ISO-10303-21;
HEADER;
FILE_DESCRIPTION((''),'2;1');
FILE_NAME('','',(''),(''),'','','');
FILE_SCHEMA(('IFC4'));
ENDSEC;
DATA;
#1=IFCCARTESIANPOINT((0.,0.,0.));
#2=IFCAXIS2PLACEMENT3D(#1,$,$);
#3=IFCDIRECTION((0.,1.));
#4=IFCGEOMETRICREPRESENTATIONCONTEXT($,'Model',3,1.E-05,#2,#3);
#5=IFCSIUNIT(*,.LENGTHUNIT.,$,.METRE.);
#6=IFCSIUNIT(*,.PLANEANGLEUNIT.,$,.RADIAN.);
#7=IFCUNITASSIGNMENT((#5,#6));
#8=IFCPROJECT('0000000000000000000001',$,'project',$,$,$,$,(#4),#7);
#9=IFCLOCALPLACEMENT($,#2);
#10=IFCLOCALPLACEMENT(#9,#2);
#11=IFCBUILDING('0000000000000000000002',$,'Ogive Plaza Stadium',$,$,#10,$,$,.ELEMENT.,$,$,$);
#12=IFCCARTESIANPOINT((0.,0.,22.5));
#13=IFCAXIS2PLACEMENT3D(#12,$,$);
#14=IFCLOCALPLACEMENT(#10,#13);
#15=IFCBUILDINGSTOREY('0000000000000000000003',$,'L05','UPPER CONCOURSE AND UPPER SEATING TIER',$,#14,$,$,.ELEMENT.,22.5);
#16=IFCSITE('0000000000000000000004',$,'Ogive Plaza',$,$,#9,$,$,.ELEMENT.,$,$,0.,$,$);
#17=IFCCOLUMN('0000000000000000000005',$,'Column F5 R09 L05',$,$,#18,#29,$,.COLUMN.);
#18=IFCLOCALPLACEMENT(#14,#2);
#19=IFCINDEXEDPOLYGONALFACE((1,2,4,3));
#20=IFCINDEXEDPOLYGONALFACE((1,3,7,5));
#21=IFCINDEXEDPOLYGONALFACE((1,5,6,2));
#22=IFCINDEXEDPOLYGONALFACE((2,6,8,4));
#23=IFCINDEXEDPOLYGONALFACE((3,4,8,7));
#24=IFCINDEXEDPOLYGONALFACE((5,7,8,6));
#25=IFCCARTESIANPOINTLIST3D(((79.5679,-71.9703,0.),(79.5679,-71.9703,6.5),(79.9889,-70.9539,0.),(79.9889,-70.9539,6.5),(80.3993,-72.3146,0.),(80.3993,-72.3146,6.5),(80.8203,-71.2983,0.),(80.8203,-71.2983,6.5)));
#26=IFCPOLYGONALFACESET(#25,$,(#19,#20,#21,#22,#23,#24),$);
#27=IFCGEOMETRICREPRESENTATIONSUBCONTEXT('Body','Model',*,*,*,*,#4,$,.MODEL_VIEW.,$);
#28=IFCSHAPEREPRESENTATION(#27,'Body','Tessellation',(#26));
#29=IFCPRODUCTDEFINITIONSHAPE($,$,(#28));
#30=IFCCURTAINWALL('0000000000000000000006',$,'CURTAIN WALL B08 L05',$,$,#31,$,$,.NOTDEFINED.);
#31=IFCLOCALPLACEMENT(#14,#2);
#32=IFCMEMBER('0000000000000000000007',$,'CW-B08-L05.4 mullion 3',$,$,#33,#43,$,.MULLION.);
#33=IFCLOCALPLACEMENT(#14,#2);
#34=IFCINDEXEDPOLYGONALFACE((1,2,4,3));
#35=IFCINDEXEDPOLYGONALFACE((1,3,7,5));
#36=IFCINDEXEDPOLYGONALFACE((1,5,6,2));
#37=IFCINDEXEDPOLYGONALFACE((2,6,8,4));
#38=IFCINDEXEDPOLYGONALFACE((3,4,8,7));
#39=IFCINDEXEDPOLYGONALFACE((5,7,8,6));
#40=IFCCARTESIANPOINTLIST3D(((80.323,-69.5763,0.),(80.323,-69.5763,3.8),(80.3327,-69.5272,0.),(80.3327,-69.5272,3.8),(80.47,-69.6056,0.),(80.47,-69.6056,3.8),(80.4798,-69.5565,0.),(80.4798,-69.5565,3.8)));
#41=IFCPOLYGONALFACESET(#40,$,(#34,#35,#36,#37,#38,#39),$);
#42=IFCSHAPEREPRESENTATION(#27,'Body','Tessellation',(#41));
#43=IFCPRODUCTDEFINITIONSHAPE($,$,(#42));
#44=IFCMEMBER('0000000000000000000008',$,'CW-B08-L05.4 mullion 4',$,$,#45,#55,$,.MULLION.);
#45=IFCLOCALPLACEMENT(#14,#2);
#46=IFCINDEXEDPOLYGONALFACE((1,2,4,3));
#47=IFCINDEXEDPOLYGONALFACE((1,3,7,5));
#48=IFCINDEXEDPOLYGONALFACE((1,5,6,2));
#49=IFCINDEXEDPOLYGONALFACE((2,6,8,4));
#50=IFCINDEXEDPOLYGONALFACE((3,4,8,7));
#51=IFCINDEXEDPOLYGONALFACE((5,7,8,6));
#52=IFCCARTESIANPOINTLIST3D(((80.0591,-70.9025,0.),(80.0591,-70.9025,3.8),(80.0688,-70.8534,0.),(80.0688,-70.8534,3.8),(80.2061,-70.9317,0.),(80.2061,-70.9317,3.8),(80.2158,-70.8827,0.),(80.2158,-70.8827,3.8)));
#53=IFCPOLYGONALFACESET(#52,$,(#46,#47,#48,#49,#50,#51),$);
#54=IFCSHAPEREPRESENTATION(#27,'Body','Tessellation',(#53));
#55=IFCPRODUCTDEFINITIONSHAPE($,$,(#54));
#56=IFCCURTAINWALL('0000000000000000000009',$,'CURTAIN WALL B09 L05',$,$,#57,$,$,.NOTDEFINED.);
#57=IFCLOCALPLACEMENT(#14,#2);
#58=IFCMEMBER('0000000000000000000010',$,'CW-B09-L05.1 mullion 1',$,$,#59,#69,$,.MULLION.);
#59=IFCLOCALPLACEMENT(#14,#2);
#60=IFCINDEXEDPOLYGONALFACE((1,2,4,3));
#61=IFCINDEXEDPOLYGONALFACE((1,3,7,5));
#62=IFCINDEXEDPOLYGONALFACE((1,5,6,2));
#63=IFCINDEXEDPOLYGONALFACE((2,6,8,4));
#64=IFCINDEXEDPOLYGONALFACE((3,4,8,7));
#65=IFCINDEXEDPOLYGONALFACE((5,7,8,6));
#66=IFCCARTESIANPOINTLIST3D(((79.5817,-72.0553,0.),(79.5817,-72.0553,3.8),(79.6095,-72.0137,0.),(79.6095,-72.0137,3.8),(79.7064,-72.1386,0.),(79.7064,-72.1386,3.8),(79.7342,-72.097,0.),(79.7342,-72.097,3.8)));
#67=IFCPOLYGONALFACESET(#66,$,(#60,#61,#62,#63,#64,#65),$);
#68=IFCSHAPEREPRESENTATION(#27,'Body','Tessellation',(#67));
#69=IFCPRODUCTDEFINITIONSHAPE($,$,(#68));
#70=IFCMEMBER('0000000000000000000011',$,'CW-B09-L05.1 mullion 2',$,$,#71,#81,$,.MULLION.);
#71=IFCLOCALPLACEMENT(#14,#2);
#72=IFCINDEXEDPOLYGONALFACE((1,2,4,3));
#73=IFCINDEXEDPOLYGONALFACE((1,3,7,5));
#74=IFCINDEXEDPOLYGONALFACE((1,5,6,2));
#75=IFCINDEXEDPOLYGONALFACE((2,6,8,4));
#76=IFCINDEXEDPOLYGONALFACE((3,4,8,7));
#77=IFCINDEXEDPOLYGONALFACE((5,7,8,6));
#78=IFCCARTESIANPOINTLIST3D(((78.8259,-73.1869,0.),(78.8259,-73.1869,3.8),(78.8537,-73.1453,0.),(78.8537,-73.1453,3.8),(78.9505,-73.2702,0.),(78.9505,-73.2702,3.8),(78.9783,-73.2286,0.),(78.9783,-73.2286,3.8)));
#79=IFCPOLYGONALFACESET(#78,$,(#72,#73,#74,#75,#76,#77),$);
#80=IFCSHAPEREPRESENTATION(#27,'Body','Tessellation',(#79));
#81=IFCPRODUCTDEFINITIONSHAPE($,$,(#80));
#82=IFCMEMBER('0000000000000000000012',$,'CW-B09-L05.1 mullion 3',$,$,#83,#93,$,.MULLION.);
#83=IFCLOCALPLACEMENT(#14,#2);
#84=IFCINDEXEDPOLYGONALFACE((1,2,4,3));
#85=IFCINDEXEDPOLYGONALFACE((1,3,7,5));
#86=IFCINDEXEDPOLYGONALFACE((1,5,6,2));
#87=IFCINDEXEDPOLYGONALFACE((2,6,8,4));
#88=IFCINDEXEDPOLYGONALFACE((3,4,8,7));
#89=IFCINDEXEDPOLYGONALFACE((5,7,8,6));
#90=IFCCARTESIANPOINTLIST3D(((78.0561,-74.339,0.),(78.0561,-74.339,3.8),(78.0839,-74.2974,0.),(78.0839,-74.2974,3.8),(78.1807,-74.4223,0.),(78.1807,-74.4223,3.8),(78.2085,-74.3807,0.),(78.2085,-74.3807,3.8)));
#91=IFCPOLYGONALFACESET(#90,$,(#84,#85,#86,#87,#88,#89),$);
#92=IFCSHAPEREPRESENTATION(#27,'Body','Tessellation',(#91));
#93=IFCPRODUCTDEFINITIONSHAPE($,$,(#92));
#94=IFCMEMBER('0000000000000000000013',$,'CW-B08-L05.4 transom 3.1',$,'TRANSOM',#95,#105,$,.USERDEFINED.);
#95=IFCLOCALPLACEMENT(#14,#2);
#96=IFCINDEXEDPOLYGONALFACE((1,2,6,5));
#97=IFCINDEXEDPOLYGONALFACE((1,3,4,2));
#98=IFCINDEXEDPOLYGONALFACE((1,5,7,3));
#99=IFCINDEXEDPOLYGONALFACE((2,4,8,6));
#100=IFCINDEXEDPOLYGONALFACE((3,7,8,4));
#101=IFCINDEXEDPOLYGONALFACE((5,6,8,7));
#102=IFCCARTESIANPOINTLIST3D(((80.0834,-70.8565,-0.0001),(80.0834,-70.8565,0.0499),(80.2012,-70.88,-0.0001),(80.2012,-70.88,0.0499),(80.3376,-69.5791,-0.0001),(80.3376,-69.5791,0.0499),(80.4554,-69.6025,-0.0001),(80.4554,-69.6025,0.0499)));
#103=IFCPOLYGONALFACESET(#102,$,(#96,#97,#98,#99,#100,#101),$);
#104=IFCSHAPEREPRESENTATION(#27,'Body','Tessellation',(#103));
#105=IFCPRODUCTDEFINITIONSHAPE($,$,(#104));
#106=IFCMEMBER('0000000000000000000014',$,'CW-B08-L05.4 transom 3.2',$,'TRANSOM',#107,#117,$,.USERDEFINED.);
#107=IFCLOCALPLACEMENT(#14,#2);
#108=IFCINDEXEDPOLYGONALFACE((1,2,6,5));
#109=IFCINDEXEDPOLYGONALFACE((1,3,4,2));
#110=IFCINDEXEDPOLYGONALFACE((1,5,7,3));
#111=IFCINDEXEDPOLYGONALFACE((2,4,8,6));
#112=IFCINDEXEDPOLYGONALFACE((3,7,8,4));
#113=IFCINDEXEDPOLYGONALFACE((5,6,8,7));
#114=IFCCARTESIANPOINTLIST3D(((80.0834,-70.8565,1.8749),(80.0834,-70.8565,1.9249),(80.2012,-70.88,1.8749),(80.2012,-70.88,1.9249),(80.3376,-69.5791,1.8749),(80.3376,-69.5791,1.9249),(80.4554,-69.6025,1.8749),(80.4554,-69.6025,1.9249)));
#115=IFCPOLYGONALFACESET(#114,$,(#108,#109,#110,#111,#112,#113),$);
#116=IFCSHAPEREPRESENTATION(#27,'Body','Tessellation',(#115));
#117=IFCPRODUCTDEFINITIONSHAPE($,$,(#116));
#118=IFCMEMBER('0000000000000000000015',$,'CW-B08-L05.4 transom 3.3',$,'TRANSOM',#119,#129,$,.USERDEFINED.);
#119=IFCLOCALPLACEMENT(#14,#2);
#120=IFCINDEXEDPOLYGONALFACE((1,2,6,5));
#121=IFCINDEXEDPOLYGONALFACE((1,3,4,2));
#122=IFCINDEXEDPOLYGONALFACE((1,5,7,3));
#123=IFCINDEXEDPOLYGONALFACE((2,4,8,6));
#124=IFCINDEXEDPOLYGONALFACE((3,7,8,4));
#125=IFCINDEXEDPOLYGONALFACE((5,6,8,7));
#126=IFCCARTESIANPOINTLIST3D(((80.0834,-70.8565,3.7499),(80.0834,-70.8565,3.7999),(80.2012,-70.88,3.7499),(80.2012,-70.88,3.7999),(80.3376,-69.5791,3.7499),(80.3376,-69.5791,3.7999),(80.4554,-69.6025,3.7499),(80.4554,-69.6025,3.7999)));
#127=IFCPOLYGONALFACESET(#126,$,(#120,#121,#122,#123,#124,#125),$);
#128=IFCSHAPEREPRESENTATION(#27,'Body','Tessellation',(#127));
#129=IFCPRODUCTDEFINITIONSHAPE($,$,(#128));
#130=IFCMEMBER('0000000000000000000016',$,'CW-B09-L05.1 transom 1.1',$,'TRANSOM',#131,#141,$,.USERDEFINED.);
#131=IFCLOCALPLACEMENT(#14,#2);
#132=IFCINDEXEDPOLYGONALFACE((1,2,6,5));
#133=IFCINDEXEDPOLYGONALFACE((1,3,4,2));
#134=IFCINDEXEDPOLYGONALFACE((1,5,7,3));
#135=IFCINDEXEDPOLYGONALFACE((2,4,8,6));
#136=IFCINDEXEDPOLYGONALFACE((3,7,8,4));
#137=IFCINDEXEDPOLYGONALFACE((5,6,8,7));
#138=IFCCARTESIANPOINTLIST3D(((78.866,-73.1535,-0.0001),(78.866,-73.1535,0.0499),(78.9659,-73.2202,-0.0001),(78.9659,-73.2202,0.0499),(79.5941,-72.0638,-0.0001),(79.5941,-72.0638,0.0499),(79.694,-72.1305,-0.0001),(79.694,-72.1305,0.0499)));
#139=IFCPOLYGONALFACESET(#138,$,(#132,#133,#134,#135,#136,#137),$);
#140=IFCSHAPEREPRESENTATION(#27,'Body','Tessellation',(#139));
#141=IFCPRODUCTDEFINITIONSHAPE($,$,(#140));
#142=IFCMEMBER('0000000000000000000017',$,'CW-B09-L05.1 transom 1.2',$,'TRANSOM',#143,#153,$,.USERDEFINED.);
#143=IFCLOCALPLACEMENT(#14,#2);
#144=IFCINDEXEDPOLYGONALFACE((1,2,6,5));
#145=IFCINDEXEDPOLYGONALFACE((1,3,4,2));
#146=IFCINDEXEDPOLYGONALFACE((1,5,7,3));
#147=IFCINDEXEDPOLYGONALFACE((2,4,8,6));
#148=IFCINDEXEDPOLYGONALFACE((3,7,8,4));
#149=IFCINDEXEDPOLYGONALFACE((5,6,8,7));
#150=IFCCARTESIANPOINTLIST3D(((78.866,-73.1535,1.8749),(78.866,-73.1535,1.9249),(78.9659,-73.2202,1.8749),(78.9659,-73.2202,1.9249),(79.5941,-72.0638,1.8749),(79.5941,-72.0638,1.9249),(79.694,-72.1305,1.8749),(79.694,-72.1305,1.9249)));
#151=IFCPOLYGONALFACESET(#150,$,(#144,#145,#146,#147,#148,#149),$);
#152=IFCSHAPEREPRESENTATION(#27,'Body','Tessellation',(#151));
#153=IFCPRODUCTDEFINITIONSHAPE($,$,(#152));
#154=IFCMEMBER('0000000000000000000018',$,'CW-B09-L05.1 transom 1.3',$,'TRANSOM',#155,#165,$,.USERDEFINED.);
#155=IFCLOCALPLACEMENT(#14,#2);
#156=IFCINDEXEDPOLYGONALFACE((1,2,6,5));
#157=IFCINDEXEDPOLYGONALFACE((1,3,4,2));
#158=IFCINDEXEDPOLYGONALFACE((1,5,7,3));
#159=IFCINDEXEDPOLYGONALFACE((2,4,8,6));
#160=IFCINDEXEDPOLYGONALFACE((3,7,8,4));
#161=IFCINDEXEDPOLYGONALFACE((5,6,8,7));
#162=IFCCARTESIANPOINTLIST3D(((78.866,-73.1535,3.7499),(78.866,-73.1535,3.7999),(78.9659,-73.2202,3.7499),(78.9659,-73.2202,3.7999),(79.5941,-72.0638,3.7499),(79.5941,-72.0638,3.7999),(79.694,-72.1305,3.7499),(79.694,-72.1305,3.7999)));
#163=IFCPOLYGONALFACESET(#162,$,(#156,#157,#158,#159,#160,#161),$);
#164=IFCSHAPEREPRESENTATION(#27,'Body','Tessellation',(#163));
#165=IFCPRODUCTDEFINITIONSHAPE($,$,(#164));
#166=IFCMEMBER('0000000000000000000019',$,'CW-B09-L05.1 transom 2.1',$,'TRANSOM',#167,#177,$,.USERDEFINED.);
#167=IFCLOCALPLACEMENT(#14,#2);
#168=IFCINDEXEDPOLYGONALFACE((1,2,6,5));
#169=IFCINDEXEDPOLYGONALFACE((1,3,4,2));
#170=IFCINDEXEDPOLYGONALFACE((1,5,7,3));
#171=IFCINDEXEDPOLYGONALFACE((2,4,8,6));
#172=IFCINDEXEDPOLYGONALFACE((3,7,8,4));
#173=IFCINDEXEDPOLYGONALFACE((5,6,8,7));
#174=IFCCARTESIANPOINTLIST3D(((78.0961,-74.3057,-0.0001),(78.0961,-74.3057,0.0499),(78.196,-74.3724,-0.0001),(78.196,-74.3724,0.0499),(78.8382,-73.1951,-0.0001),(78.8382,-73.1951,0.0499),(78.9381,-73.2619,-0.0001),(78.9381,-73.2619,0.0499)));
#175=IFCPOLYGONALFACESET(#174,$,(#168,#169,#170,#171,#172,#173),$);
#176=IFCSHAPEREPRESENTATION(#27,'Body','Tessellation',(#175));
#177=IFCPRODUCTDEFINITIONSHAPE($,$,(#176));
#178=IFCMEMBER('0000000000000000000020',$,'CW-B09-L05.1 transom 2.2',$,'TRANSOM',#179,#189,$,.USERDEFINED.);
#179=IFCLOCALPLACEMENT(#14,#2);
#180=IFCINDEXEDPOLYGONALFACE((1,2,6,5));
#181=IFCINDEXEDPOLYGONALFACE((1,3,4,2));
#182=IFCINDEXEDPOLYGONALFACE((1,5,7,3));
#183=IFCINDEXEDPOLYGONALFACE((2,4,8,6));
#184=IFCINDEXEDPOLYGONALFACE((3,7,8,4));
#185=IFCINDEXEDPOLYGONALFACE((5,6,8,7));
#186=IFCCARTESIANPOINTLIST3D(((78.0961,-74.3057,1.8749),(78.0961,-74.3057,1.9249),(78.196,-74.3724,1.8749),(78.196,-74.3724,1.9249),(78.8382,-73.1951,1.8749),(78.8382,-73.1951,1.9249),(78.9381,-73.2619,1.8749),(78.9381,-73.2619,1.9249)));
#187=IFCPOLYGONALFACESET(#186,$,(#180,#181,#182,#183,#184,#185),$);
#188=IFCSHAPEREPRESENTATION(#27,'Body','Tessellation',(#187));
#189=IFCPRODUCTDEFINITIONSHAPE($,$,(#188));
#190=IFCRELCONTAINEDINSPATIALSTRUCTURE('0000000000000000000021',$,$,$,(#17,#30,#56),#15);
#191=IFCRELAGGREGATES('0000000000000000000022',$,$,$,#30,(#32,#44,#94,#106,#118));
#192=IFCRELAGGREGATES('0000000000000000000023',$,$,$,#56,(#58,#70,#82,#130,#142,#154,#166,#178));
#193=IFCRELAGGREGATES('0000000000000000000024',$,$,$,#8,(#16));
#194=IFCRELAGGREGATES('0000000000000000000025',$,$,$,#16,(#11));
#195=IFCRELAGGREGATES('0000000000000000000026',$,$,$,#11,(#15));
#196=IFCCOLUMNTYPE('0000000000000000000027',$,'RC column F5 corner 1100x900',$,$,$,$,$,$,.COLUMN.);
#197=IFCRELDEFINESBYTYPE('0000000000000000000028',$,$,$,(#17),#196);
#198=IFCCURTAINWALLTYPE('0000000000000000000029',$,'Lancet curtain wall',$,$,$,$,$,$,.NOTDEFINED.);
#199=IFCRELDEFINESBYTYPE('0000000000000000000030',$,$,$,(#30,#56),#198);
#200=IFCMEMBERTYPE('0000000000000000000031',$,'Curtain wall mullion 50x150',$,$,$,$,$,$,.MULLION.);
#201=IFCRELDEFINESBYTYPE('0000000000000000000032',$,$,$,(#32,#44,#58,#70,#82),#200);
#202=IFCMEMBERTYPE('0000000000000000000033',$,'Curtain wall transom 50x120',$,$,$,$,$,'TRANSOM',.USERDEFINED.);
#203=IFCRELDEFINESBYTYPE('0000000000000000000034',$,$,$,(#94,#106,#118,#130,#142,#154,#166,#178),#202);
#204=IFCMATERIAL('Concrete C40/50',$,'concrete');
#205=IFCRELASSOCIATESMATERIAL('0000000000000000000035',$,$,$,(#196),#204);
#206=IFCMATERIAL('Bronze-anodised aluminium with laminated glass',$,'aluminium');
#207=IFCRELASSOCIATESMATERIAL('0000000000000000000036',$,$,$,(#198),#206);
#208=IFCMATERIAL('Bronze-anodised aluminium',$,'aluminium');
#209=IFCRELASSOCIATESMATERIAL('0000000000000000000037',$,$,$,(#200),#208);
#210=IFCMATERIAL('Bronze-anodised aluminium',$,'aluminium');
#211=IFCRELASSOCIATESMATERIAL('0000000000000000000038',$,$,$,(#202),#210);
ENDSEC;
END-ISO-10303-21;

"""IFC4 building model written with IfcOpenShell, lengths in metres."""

from ifc_helpers import new_model, si_unit, direction, frame, origin, origin_2d, place, context, subcontext, project, spatial, rectangle, extrude, material, material_profile, profile_set, type_object, element, aggregate, save


model = new_model("IFC4")

# Units and contexts
model_context = context("Model", 3, precision=1e-05, world=origin(), true_north=direction((0.0, 1.0)))
body_context = subcontext(model_context, "Body", "Model", "MODEL_VIEW")
ifc_project = project(units=[si_unit("LENGTHUNIT", "METRE"), si_unit("PLANEANGLEUNIT", "RADIAN")], contexts=[model_context])

# Site, building, storey
site_placement = place(None, origin())
site = spatial("IfcSite", under=ifc_project, at=site_placement, Name="Ogive Plaza", CompositionType="ELEMENT", RefElevation=0.0)
building_placement = place(site_placement, origin())
building = spatial("IfcBuilding", under=site, at=building_placement, Name="Ogive Plaza Stadium", CompositionType="ELEMENT")
storey_placement = place(building_placement, frame((0.0, 0.0, 22.5)))
storey = spatial("IfcBuildingStorey", under=building, at=storey_placement, Name="L05", Description="UPPER CONCOURSE AND UPPER SEATING TIER", CompositionType="ELEMENT", Elevation=22.5)

# Column
ifc_material_1 = material(Name="Concrete C40/50", Category="concrete")
ifc_material_profile_1 = material_profile(ifc_material_1, rectangle(XDim=1.1001, YDim=0.8999, at=origin_2d()), Name="RC 1100x900")
ifc_profile_set_1 = profile_set([ifc_material_profile_1], Name="Concrete C40/50")
column_type = type_object("IfcColumnType", Name="RC column F5 corner 1100x900", PredefinedType="COLUMN", material=ifc_profile_set_1)
column_placement = place(storey_placement, frame((80.1941, -71.6343, 0.0), z_axis=(0.0, 0.0, 1.0), x_axis=(0.382683, 0.92388, 0.0)))
element("IfcColumn", 1, at=column_placement, inside=storey, type_object=column_type, Name="Column F5 R09 L05", PredefinedType="COLUMN", context=body_context, shape_type="SweptSolid", body=[
    extrude(rectangle(XDim=1.1001, YDim=0.8999, at=origin_2d()), origin(), (0.0, 0.0, 1.0), 6.5),
])

# Curtain walls, members
ifc_material_2 = material(Name="Bronze-anodised aluminium with laminated glass", Category="aluminium")
curtain_wall_type = type_object("IfcCurtainWallType", Name="Lancet curtain wall", PredefinedType="NOTDEFINED", material=ifc_material_2)
curtain_wall_1_placement = place(storey_placement, origin())
curtain_wall_1 = element("IfcCurtainWall", 2, at=curtain_wall_1_placement, inside=storey, type_object=curtain_wall_type, Name="CURTAIN WALL B08 L05", PredefinedType="NOTDEFINED")
ifc_material_3 = material(Name="Bronze-anodised aluminium", Category="aluminium")
ifc_material_profile_2 = material_profile(ifc_material_3, rectangle(XDim=0.1499, YDim=0.05, at=origin_2d()), Name="AL 150x50")
ifc_profile_set_2 = profile_set([ifc_material_profile_2], Name="Bronze-anodised aluminium")
member_type_1 = type_object("IfcMemberType", Name="Curtain wall mullion 50x150", PredefinedType="MULLION", material=ifc_profile_set_2)
member_1_placement = place(storey_placement, frame((80.4014, -69.5664, 0.0), z_axis=(0.0, 0.0, 1.0), x_axis=(0.980785, -0.19509, 0.0)))
member_1 = element("IfcMember", 3, at=member_1_placement, type_object=member_type_1, Name="CW-B08-L05.4 mullion 3", PredefinedType="MULLION", context=body_context, shape_type="SweptSolid", body=[
    extrude(rectangle(XDim=0.1499, YDim=0.05, at=origin_2d()), origin(), (0.0, 0.0, 1.0), 3.8),
])
member_2_placement = place(storey_placement, frame((80.1375, -70.8926, 0.0), z_axis=(0.0, 0.0, 1.0), x_axis=(0.980785, -0.19509, 0.0)))
member_2 = element("IfcMember", 4, at=member_2_placement, type_object=member_type_1, Name="CW-B08-L05.4 mullion 4", PredefinedType="MULLION", context=body_context, shape_type="SweptSolid", body=[
    extrude(rectangle(XDim=0.1499, YDim=0.05, at=origin_2d()), origin(), (0.0, 0.0, 1.0), 3.8),
])
curtain_wall_2_placement = place(storey_placement, origin())
curtain_wall_2 = element("IfcCurtainWall", 5, at=curtain_wall_2_placement, inside=storey, type_object=curtain_wall_type, Name="CURTAIN WALL B09 L05", PredefinedType="NOTDEFINED")
member_3_placement = place(storey_placement, frame((79.658, -72.0762, 0.0), z_axis=(0.0, 0.0, 1.0), x_axis=(0.83147, -0.55557, 0.0)))
member_3 = element("IfcMember", 6, at=member_3_placement, type_object=member_type_1, Name="CW-B09-L05.1 mullion 1", PredefinedType="MULLION", context=body_context, shape_type="SweptSolid", body=[
    extrude(rectangle(XDim=0.1499, YDim=0.05, at=origin_2d()), origin(), (0.0, 0.0, 1.0), 3.8),
])
member_4_placement = place(storey_placement, frame((78.9021, -73.2078, 0.0), z_axis=(0.0, 0.0, 1.0), x_axis=(0.83147, -0.55557, 0.0)))
member_4 = element("IfcMember", 7, at=member_4_placement, type_object=member_type_1, Name="CW-B09-L05.1 mullion 2", PredefinedType="MULLION", context=body_context, shape_type="SweptSolid", body=[
    extrude(rectangle(XDim=0.1499, YDim=0.05, at=origin_2d()), origin(), (0.0, 0.0, 1.0), 3.8),
])
member_5_placement = place(storey_placement, frame((78.1323, -74.3599, 0.0), z_axis=(0.0, 0.0, 1.0), x_axis=(0.83147, -0.55557, 0.0)))
member_5 = element("IfcMember", 8, at=member_5_placement, type_object=member_type_1, Name="CW-B09-L05.1 mullion 3", PredefinedType="MULLION", context=body_context, shape_type="SweptSolid", body=[
    extrude(rectangle(XDim=0.1499, YDim=0.05, at=origin_2d()), origin(), (0.0, 0.0, 1.0), 3.8),
])

# Members
ifc_material_4 = material(Name="Bronze-anodised aluminium", Category="aluminium")
ifc_material_profile_3 = material_profile(ifc_material_4, rectangle(XDim=0.1201, YDim=0.05, at=origin_2d()), Name="AL 120x50")
ifc_profile_set_3 = profile_set([ifc_material_profile_3], Name="Bronze-anodised aluminium")
member_type_2 = type_object("IfcMemberType", Name="Curtain wall transom 50x120", ElementType="TRANSOM", PredefinedType="USERDEFINED", material=ifc_profile_set_3)
member_6_placement = place(storey_placement, frame((80.3965, -69.5908, 0.0249), z_axis=(-0.195143, -0.980775, 0.0), x_axis=(0.980775, -0.195143, 0.0)))
member_6 = element("IfcMember", 9, at=member_6_placement, type_object=member_type_2, Name="CW-B08-L05.4 transom 3.1", ObjectType="TRANSOM", PredefinedType="USERDEFINED", context=body_context, shape_type="SweptSolid", body=[
    extrude(rectangle(XDim=0.1201, YDim=0.05, at=origin_2d()), origin(), (0.0, 0.0, 1.0), 1.3025),
])
member_7_placement = place(storey_placement, frame((80.3965, -69.5908, 1.8999), z_axis=(-0.195143, -0.980775, 0.0), x_axis=(0.980775, -0.195143, 0.0)))
member_7 = element("IfcMember", 10, at=member_7_placement, type_object=member_type_2, Name="CW-B08-L05.4 transom 3.2", ObjectType="TRANSOM", PredefinedType="USERDEFINED", context=body_context, shape_type="SweptSolid", body=[
    extrude(rectangle(XDim=0.1201, YDim=0.05, at=origin_2d()), origin(), (0.0, 0.0, 1.0), 1.3025),
])
member_8_placement = place(storey_placement, frame((80.3965, -69.5908, 3.7749), z_axis=(-0.195143, -0.980775, 0.0), x_axis=(0.980775, -0.195143, 0.0)))
member_8 = element("IfcMember", 11, at=member_8_placement, type_object=member_type_2, Name="CW-B08-L05.4 transom 3.3", ObjectType="TRANSOM", PredefinedType="USERDEFINED", context=body_context, shape_type="SweptSolid", body=[
    extrude(rectangle(XDim=0.1201, YDim=0.05, at=origin_2d()), origin(), (0.0, 0.0, 1.0), 1.3025),
])
member_9_placement = place(storey_placement, frame((79.644, -72.0972, 0.0249), z_axis=(-0.55556, -0.831477, 0.0), x_axis=(0.831477, -0.55556, 0.0)))
member_9 = element("IfcMember", 12, at=member_9_placement, type_object=member_type_2, Name="CW-B09-L05.1 transom 1.1", ObjectType="TRANSOM", PredefinedType="USERDEFINED", context=body_context, shape_type="SweptSolid", body=[
    extrude(rectangle(XDim=0.1201, YDim=0.05, at=origin_2d()), origin(), (0.0, 0.0, 1.0), 1.3105),
])
member_10_placement = place(storey_placement, frame((79.644, -72.0972, 1.8999), z_axis=(-0.55556, -0.831477, 0.0), x_axis=(0.831477, -0.55556, 0.0)))
member_10 = element("IfcMember", 13, at=member_10_placement, type_object=member_type_2, Name="CW-B09-L05.1 transom 1.2", ObjectType="TRANSOM", PredefinedType="USERDEFINED", context=body_context, shape_type="SweptSolid", body=[
    extrude(rectangle(XDim=0.1201, YDim=0.05, at=origin_2d()), origin(), (0.0, 0.0, 1.0), 1.3105),
])
member_11_placement = place(storey_placement, frame((79.644, -72.0972, 3.7749), z_axis=(-0.55556, -0.831477, 0.0), x_axis=(0.831477, -0.55556, 0.0)))
member_11 = element("IfcMember", 14, at=member_11_placement, type_object=member_type_2, Name="CW-B09-L05.1 transom 1.3", ObjectType="TRANSOM", PredefinedType="USERDEFINED", context=body_context, shape_type="SweptSolid", body=[
    extrude(rectangle(XDim=0.1201, YDim=0.05, at=origin_2d()), origin(), (0.0, 0.0, 1.0), 1.3105),
])
member_12_placement = place(storey_placement, frame((78.8882, -73.2285, 0.0249), z_axis=(-0.555628, -0.831431, 0.0), x_axis=(0.831431, -0.555628, 0.0)))
member_12 = element("IfcMember", 15, at=member_12_placement, type_object=member_type_2, Name="CW-B09-L05.1 transom 2.1", ObjectType="TRANSOM", PredefinedType="USERDEFINED", context=body_context, shape_type="SweptSolid", body=[
    extrude(rectangle(XDim=0.1201, YDim=0.05, at=origin_2d()), origin(), (0.0, 0.0, 1.0), 1.3357),
])
member_13_placement = place(storey_placement, frame((78.8882, -73.2285, 1.8999), z_axis=(-0.555628, -0.831431, 0.0), x_axis=(0.831431, -0.555628, 0.0)))
member_13 = element("IfcMember", 16, at=member_13_placement, type_object=member_type_2, Name="CW-B09-L05.1 transom 2.2", ObjectType="TRANSOM", PredefinedType="USERDEFINED", context=body_context, shape_type="SweptSolid", body=[
    extrude(rectangle(XDim=0.1201, YDim=0.05, at=origin_2d()), origin(), (0.0, 0.0, 1.0), 1.3357),
])

aggregate(curtain_wall_1, [member_1, member_2, member_6, member_7, member_8])
aggregate(curtain_wall_2, [member_3, member_4, member_5, member_9, member_10, member_11, member_12, member_13])

save(model, "model.ifc")
